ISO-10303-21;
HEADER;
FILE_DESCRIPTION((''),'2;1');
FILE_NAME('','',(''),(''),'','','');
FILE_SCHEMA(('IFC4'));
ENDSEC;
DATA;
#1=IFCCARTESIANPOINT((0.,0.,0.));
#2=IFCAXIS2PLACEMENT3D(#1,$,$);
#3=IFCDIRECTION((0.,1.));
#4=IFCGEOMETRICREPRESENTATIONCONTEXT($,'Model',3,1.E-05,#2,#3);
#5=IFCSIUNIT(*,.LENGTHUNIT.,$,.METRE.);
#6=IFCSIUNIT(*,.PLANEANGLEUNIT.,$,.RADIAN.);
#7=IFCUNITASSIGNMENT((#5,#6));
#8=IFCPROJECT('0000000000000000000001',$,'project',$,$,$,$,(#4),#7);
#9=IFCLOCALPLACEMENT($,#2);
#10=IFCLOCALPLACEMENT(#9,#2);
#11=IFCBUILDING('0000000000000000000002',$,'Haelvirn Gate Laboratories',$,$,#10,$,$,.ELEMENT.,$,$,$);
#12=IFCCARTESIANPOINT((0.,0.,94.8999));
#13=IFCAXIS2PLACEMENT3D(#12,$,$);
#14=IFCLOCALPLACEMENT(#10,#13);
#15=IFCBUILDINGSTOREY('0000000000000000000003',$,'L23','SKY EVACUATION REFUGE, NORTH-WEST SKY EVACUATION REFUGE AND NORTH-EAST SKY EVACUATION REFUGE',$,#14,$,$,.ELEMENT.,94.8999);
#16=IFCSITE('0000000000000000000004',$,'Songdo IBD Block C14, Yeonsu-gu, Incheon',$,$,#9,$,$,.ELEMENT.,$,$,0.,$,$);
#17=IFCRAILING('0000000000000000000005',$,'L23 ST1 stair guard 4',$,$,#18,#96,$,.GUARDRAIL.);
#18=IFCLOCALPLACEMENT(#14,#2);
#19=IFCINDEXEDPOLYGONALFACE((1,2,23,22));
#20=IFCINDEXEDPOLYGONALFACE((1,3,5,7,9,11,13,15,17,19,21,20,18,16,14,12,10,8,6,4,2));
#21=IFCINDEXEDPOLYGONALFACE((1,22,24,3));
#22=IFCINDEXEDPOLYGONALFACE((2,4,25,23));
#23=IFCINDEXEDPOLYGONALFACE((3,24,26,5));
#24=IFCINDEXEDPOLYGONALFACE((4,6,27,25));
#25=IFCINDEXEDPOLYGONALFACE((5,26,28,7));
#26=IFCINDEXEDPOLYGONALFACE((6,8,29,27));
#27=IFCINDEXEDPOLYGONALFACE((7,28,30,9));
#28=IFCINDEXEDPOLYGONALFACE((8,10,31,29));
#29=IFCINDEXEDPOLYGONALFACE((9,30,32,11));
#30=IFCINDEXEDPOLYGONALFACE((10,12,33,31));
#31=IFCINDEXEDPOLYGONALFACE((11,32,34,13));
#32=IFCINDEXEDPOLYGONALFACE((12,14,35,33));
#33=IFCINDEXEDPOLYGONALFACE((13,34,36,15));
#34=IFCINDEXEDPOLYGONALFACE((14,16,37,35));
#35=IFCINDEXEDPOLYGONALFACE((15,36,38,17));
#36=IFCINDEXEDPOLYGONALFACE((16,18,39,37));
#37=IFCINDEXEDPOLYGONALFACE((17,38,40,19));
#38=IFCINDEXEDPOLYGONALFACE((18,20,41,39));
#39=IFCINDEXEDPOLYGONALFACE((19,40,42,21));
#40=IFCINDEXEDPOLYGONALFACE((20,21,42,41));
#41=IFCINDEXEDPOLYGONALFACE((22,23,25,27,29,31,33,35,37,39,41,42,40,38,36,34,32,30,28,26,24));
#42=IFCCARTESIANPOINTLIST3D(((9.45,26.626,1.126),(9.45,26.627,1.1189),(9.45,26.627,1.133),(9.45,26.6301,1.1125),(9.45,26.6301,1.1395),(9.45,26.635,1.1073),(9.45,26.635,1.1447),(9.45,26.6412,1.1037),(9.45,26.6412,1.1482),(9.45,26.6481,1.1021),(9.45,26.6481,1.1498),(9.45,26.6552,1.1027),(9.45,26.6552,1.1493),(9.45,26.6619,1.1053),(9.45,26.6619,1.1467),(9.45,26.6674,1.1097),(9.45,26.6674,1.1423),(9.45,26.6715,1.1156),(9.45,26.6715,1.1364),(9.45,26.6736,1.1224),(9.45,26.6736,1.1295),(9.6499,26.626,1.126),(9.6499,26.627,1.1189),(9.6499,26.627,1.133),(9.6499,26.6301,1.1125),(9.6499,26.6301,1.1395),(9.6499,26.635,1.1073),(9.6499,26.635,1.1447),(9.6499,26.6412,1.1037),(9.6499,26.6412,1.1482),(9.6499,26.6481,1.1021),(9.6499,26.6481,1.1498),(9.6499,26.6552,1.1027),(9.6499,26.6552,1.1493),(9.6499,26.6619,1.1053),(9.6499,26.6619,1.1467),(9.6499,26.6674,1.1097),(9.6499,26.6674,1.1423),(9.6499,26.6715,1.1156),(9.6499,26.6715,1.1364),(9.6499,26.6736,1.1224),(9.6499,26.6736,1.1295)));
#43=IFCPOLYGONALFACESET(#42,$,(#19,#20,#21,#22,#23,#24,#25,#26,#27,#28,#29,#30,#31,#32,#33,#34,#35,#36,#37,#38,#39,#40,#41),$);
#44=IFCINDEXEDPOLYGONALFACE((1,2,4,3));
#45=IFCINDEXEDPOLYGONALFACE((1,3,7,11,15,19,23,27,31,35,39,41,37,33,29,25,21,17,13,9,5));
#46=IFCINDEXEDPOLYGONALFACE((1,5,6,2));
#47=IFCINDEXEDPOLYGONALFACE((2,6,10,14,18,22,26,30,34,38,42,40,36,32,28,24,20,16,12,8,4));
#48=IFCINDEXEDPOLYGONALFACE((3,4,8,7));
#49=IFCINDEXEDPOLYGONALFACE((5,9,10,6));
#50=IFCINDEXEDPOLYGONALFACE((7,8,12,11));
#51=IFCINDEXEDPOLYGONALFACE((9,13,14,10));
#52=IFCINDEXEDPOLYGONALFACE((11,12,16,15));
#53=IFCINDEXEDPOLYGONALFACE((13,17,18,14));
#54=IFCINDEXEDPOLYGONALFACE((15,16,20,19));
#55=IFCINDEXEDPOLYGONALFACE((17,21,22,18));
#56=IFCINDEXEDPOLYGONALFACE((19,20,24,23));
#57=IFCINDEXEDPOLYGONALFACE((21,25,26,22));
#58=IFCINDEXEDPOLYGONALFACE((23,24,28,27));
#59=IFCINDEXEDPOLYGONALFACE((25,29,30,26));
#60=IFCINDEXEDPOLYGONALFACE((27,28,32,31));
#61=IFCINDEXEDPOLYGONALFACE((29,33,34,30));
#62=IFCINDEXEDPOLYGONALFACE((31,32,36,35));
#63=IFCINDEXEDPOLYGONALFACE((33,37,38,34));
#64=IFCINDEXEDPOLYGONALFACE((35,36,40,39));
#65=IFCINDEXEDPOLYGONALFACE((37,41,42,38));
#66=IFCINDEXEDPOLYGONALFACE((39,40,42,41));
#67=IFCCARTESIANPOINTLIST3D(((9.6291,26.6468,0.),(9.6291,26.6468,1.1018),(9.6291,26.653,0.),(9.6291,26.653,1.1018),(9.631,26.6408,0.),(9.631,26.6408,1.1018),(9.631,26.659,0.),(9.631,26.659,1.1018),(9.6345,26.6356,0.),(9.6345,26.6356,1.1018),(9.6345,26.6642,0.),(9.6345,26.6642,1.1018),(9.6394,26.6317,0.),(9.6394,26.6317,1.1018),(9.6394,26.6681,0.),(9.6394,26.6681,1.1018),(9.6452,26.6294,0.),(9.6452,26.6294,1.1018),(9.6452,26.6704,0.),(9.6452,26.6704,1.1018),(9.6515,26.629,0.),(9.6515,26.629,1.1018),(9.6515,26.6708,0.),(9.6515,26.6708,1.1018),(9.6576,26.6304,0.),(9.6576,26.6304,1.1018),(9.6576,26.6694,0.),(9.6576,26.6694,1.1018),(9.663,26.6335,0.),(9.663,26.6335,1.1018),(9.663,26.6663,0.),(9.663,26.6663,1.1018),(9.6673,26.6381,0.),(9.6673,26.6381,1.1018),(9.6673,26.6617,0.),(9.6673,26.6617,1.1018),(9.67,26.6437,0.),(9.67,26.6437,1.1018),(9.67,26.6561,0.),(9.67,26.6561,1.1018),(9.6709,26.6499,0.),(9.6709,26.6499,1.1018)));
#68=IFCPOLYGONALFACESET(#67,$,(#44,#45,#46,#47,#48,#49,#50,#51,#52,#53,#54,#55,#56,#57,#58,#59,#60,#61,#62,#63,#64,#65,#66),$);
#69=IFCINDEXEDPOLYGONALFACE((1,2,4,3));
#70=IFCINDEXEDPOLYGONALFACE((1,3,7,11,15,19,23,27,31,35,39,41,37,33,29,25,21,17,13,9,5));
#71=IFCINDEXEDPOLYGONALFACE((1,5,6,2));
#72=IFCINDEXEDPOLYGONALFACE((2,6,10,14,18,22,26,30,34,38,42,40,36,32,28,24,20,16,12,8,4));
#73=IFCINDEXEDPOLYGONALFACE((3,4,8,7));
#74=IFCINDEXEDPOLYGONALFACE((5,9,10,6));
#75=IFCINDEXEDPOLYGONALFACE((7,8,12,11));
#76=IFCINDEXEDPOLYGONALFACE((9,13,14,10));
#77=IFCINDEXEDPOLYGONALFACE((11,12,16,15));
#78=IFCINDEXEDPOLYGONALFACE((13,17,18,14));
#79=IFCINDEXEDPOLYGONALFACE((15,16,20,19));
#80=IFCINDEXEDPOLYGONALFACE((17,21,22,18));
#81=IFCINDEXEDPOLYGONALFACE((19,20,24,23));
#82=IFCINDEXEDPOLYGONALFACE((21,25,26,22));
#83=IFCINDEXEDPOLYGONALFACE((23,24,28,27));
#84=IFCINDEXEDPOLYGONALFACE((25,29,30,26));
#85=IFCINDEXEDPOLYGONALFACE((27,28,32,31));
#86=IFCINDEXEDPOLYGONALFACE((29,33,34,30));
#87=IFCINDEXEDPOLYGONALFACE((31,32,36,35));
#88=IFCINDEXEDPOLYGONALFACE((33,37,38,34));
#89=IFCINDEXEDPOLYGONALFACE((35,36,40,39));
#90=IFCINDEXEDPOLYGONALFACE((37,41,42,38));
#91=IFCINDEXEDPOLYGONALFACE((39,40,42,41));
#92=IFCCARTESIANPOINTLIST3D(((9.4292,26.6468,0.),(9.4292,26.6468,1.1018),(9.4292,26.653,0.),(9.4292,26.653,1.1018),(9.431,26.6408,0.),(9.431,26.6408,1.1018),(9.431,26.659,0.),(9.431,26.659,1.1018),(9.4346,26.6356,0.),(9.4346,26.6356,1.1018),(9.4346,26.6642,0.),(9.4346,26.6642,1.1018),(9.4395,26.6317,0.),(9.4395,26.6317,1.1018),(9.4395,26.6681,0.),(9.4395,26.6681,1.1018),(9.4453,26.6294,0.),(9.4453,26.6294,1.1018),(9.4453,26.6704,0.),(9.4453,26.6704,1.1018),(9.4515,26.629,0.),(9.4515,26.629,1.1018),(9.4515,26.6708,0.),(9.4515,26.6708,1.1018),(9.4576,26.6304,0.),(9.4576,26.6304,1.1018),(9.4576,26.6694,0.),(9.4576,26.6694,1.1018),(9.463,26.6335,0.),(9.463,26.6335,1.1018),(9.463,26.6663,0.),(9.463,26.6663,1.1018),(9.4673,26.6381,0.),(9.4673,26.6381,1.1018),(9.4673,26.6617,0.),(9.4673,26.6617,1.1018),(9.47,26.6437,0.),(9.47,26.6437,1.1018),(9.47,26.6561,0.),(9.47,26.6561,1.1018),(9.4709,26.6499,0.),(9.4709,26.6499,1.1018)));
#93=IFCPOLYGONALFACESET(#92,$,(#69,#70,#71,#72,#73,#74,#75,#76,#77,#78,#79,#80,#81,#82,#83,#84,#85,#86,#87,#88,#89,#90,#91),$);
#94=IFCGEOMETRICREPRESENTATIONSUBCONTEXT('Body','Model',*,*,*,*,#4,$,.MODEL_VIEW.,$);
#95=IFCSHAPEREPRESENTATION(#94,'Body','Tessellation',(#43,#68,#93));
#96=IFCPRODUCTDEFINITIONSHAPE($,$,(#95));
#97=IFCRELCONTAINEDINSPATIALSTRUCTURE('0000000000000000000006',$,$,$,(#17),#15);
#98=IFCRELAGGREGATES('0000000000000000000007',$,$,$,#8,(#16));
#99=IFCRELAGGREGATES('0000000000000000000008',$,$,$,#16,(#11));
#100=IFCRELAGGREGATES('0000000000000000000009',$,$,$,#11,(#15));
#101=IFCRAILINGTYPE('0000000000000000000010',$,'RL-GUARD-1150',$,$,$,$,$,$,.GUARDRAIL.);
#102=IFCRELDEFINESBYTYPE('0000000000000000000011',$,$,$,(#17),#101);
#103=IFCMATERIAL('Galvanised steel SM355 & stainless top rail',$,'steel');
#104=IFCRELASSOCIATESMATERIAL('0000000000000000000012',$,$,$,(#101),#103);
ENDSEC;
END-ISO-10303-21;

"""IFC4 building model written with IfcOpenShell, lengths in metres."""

from ifc_helpers import new_model, si_unit, direction, frame, origin, origin_2d, place, context, subcontext, project, spatial, circle, extrude, source, transform, mapped, material, type_object, element, save


model = new_model("IFC4")

# Units and contexts
model_context = context("Model", 3, precision=1e-05, world=origin(), true_north=direction((0.0, 1.0)))
body_context = subcontext(model_context, "Body", "Model", "MODEL_VIEW")
ifc_project = project(units=[si_unit("LENGTHUNIT", "METRE"), si_unit("PLANEANGLEUNIT", "RADIAN")], contexts=[model_context])

# Site, building, storey
site_placement = place(None, origin())
site = spatial("IfcSite", under=ifc_project, at=site_placement, Name="Songdo IBD Block C14, Yeonsu-gu, Incheon", CompositionType="ELEMENT", RefElevation=0.0)
building_placement = place(site_placement, origin())
building = spatial("IfcBuilding", under=site, at=building_placement, Name="Haelvirn Gate Laboratories", CompositionType="ELEMENT")
storey_placement = place(building_placement, frame((0.0, 0.0, 94.8999)))
storey = spatial("IfcBuildingStorey", under=building, at=storey_placement, Name="L23", Description="SKY EVACUATION REFUGE, NORTH-WEST SKY EVACUATION REFUGE AND NORTH-EAST SKY EVACUATION REFUGE", CompositionType="ELEMENT", Elevation=94.8999)

# Railing
ifc_material_1 = material(Name="Galvanised steel SM355 & stainless top rail", Category="steel")
railing_type_1 = type_object("IfcRailingType", Name="RL-GUARD-1150", PredefinedType="GUARDRAIL", material=ifc_material_1)
shared_shape_1 = source(origin(), body_context, "Body", "SweptSolid", [
    extrude(circle(Radius=0.0239, at=origin_2d()), frame((0.0, 0.0, 1.126), z_axis=(-1.0, 0.0, 0.0), x_axis=(0.0, -1.0, 0.0)), (0.0, 0.0, 1.0), 0.2),
    extrude(circle(Radius=0.021, at=origin_2d()), origin(), (0.0, 0.0, 1.0), 1.1018),
    extrude(circle(Radius=0.021, at=origin_2d()), frame((-0.2, 0.0, 0.0)), (0.0, 0.0, 1.0), 1.1018),
])
for number, where, name in (
    (1, (9.6499, 26.6499, 0.0), "L23 ST1 stair guard 4"),
):
    element("IfcRailing", number, at=place(storey_placement, frame(where)), inside=storey, type_object=railing_type_1, Name=name, PredefinedType="GUARDRAIL", context=body_context, shape_type="MappedRepresentation", body=[
        mapped(shared_shape_1, transform((0.0, 0.0, 0.0), scale=1.0)),
    ])

save(model, "model.ifc")
